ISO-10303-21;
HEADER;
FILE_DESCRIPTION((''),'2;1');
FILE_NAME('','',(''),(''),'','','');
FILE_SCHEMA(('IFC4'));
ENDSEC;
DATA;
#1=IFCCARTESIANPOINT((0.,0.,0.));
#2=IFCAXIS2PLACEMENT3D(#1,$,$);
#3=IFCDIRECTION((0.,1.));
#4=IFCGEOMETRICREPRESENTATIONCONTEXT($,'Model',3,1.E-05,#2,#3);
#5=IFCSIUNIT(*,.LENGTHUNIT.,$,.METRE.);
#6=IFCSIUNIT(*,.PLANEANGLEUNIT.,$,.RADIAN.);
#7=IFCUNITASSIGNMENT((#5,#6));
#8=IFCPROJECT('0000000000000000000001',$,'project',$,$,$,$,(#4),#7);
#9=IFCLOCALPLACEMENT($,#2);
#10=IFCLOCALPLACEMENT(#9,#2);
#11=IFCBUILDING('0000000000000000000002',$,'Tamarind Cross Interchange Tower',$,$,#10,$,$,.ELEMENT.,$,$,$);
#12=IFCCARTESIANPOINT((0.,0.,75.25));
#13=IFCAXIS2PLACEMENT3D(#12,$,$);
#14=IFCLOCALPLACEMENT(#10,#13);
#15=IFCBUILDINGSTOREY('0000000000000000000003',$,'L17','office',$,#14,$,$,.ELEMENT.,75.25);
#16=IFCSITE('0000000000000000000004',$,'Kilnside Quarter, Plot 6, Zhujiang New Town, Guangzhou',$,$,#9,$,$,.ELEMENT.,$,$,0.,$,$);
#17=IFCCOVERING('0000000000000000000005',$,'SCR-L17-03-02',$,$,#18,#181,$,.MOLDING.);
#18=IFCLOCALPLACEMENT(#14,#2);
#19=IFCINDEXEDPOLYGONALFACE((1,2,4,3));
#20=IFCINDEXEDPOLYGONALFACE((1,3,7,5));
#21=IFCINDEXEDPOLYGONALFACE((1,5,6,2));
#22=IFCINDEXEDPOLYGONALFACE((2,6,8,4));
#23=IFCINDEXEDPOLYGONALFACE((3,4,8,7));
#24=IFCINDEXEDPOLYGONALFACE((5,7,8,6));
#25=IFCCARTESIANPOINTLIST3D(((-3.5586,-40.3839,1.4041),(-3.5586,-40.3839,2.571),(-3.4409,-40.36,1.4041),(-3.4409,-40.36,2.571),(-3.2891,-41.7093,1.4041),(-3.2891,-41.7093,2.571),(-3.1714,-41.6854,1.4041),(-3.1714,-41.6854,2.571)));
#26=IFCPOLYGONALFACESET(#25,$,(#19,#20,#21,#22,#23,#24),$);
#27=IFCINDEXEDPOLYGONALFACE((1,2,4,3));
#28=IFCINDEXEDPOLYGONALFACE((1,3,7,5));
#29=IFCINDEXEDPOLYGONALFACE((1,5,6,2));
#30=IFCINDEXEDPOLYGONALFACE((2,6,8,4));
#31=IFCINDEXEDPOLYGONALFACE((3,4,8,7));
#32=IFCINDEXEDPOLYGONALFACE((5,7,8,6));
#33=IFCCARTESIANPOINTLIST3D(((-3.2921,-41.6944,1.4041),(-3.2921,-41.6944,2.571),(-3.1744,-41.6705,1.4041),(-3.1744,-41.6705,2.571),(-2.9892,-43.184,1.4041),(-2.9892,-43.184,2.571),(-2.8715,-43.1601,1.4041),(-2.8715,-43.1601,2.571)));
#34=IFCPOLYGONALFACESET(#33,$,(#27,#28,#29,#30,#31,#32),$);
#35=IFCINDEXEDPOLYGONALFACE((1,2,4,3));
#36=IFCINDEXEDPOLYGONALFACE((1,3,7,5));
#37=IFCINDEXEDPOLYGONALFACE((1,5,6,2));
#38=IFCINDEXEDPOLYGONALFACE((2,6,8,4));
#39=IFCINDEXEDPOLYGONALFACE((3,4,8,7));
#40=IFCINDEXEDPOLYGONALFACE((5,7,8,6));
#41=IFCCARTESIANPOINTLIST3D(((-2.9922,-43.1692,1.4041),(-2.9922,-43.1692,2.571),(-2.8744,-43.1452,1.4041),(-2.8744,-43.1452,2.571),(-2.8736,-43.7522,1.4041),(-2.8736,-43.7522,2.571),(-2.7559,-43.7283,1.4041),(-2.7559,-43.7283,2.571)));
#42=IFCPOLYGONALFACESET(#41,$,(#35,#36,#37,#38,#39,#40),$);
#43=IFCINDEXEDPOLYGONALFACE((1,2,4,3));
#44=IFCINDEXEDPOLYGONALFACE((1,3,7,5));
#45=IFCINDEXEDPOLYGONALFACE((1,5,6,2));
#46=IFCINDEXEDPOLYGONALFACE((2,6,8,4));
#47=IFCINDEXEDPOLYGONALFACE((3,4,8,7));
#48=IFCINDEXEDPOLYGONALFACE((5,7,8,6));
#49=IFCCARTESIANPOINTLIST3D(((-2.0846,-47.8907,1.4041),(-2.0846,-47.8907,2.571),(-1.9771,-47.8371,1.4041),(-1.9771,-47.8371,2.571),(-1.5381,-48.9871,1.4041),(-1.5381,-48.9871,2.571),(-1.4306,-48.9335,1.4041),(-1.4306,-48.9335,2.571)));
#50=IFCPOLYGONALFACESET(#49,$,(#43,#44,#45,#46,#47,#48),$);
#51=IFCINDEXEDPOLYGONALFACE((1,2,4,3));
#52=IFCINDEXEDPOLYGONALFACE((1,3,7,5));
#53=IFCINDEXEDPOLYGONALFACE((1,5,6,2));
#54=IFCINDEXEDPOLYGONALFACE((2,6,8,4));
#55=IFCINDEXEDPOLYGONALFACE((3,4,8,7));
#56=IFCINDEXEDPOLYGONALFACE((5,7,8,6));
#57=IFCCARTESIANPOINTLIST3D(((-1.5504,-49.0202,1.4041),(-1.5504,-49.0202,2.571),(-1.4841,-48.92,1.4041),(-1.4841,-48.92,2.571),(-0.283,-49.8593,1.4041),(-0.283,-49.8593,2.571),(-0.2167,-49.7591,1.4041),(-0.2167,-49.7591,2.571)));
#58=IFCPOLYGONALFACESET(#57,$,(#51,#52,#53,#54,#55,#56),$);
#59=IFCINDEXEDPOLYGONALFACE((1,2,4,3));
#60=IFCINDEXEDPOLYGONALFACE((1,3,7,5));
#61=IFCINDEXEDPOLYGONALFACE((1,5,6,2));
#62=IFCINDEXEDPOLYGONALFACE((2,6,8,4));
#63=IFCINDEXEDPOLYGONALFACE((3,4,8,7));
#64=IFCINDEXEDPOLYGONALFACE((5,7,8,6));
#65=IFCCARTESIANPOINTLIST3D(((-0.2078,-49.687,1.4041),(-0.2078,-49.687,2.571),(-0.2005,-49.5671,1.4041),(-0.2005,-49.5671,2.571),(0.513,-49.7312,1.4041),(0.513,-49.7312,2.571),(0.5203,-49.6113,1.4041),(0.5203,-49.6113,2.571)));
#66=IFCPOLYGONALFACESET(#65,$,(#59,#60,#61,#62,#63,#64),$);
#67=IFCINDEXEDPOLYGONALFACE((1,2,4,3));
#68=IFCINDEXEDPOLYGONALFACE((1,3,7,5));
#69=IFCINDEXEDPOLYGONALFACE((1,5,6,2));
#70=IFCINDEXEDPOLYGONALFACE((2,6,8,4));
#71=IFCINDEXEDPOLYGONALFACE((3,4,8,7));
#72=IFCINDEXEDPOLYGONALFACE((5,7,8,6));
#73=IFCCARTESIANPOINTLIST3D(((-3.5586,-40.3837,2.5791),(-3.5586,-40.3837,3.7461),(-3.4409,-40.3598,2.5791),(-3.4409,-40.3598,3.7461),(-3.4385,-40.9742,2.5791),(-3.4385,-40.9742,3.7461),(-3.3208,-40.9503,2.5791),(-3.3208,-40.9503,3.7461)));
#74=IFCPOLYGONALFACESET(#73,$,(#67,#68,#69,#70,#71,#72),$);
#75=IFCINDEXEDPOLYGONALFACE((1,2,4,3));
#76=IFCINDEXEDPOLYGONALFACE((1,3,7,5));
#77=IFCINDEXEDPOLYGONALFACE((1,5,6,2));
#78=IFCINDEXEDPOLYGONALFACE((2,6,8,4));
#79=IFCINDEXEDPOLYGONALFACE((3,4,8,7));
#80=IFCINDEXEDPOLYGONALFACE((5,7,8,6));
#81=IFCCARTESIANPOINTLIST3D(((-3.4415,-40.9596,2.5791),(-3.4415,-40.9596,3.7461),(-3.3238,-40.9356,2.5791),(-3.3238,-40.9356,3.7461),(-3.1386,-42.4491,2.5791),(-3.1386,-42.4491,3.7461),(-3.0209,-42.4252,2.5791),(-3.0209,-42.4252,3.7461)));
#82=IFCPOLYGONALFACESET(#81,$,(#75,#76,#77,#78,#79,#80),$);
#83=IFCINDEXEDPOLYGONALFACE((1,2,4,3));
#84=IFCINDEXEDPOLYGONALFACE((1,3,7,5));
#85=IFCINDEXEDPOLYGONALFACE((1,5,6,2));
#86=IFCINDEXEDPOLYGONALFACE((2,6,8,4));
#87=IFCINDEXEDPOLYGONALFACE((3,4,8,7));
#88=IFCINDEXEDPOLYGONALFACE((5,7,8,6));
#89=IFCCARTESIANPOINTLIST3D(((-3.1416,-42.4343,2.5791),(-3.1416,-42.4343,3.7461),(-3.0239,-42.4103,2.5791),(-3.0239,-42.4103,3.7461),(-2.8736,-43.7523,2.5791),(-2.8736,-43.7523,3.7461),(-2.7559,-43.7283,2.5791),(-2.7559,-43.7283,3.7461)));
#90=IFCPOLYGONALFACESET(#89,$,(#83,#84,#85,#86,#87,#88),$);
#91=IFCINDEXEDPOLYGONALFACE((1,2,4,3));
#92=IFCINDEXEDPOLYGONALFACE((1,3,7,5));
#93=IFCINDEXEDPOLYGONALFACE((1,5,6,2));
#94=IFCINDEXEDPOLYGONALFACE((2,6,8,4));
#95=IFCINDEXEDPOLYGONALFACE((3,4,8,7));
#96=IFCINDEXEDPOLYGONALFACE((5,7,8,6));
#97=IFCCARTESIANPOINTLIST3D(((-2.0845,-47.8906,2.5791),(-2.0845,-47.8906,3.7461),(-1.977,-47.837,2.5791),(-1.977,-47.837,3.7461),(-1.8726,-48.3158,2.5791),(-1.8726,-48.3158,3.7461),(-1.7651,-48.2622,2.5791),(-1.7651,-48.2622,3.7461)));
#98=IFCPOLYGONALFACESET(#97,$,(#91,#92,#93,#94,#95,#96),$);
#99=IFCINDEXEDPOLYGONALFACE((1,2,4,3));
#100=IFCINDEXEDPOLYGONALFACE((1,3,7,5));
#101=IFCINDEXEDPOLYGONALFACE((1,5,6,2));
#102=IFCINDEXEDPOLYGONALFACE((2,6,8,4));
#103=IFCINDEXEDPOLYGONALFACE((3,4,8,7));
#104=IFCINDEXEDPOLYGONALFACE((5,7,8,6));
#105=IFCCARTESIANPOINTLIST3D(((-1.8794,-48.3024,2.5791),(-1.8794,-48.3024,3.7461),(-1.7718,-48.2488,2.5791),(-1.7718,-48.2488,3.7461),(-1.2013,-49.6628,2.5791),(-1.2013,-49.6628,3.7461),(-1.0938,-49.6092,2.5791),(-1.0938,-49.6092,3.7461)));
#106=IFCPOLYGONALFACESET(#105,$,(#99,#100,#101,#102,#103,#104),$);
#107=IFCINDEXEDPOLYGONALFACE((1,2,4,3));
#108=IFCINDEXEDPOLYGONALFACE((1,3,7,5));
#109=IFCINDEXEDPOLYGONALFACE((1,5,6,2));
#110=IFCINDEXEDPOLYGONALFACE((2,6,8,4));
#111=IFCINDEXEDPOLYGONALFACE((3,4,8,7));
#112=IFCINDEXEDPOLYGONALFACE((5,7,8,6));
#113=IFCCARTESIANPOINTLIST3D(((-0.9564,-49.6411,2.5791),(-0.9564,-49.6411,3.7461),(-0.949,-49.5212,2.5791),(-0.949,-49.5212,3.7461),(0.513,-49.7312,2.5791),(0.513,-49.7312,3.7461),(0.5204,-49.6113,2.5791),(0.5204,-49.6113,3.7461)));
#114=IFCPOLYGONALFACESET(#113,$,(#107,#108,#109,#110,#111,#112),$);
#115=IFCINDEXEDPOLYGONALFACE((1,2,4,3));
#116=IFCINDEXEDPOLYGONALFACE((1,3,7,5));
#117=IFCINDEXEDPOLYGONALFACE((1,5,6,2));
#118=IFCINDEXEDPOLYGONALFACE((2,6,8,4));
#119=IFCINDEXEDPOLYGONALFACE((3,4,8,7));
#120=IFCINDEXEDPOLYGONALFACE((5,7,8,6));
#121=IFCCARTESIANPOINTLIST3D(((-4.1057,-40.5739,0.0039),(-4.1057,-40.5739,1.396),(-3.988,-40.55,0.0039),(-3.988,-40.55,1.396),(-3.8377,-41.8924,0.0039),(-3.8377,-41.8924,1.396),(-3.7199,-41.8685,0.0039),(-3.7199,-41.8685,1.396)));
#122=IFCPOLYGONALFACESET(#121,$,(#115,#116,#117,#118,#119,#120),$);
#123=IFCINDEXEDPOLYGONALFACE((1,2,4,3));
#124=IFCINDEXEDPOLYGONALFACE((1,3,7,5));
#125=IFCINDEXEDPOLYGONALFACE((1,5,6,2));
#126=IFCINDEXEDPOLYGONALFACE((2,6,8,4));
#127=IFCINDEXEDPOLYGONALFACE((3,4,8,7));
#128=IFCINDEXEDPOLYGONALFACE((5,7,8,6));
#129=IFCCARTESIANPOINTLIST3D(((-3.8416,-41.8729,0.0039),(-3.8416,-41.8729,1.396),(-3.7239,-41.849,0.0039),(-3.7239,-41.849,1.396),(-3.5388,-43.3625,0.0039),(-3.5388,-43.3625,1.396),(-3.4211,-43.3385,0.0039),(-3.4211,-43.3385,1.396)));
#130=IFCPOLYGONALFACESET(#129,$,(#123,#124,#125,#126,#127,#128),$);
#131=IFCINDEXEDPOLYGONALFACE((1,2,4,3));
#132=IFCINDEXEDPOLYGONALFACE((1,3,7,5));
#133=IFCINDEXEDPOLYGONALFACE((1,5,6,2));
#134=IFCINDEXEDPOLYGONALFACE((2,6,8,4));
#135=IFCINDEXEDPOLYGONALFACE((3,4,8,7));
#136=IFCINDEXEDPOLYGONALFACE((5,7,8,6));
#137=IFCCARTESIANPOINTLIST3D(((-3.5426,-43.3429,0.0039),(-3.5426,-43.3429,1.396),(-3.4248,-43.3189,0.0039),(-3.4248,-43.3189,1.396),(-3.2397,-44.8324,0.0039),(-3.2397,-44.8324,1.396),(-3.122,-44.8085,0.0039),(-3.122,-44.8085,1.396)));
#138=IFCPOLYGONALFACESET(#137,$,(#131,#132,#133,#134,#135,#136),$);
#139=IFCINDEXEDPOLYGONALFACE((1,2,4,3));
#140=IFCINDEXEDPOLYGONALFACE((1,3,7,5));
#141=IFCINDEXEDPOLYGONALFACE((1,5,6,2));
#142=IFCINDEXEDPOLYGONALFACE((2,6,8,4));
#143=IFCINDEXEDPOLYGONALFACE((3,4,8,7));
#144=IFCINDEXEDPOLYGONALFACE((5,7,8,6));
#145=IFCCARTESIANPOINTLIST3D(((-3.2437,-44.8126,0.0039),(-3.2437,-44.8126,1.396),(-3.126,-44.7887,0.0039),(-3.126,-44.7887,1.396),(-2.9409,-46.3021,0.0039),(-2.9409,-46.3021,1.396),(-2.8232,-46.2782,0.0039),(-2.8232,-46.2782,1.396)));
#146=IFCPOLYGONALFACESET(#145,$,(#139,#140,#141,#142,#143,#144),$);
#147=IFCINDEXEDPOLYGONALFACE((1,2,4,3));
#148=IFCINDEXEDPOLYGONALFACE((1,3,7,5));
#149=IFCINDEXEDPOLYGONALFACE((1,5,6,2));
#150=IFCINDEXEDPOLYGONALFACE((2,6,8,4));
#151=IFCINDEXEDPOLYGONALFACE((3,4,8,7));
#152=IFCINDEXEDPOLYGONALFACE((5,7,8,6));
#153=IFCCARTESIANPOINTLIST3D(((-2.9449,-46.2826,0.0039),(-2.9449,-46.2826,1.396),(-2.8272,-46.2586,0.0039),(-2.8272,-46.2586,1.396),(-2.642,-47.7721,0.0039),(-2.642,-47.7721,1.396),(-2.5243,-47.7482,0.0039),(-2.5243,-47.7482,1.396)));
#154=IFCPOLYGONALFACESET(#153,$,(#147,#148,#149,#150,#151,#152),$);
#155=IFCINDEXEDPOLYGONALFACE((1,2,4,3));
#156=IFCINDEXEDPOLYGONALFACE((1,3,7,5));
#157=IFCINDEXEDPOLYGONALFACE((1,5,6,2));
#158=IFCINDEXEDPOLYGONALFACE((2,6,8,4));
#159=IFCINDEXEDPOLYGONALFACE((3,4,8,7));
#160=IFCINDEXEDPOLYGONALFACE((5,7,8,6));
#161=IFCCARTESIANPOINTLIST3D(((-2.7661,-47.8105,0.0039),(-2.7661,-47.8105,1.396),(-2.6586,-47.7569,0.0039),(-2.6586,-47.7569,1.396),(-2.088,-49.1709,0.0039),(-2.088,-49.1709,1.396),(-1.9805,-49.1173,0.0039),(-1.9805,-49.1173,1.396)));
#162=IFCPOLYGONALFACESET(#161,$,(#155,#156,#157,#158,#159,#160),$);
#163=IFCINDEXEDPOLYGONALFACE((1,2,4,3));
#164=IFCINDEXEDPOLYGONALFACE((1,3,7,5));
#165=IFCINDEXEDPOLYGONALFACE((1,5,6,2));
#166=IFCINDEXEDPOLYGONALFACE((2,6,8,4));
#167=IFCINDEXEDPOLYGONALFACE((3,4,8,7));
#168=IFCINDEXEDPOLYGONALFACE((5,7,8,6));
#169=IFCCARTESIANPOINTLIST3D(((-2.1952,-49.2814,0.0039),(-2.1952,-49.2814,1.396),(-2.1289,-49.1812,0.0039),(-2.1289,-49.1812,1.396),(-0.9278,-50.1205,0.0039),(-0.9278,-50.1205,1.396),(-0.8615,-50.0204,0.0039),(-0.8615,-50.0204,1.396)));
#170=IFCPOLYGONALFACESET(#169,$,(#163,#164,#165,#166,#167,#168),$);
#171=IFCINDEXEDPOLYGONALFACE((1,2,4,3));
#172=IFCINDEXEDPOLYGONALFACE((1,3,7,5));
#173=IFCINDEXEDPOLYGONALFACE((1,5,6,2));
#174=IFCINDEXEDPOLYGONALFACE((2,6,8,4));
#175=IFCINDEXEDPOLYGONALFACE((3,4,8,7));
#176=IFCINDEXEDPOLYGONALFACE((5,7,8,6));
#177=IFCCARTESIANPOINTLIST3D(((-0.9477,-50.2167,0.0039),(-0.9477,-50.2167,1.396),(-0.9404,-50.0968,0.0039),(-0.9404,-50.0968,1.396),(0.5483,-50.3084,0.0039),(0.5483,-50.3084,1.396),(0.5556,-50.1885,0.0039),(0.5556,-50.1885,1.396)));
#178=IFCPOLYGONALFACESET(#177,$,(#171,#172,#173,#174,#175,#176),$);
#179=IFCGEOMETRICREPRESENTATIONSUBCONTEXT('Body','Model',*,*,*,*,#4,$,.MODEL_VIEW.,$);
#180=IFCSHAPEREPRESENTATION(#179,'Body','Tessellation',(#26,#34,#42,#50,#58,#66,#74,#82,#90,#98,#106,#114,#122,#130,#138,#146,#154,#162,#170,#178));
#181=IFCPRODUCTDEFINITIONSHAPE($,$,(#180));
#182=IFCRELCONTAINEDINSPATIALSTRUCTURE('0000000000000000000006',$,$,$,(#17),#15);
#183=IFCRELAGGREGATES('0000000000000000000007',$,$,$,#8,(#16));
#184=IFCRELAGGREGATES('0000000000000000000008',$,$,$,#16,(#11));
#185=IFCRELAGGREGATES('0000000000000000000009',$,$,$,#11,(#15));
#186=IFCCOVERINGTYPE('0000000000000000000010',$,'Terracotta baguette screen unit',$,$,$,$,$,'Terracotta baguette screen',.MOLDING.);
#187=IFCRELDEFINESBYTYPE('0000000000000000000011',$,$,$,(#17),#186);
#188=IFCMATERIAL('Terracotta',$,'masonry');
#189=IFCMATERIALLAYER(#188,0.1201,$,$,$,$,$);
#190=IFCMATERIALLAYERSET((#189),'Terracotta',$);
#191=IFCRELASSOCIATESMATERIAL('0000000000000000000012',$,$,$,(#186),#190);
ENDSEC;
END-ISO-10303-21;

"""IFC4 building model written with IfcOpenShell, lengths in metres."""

from ifc_helpers import new_model, si_unit, direction, frame, origin, origin_2d, place, context, subcontext, project, spatial, rectangle, extrude, material, layer, layer_set, type_object, element, save


model = new_model("IFC4")

# Units and contexts
model_context = context("Model", 3, precision=1e-05, world=origin(), true_north=direction((0.0, 1.0)))
body_context = subcontext(model_context, "Body", "Model", "MODEL_VIEW")
ifc_project = project(units=[si_unit("LENGTHUNIT", "METRE"), si_unit("PLANEANGLEUNIT", "RADIAN")], contexts=[model_context])

# Site, building, storey
site_placement = place(None, origin())
site = spatial("IfcSite", under=ifc_project, at=site_placement, Name="Kilnside Quarter, Plot 6, Zhujiang New Town, Guangzhou", CompositionType="ELEMENT", RefElevation=0.0)
building_placement = place(site_placement, origin())
building = spatial("IfcBuilding", under=site, at=building_placement, Name="Tamarind Cross Interchange Tower", CompositionType="ELEMENT")
storey_placement = place(building_placement, frame((0.0, 0.0, 75.25)))
storey = spatial("IfcBuildingStorey", under=building, at=storey_placement, Name="L17", Description="office", CompositionType="ELEMENT", Elevation=75.25)

# Covering
ifc_material_1 = material(Name="Terracotta", Category="masonry")
ifc_layer_1 = layer(ifc_material_1, 0.1201)
ifc_layer_set_1 = layer_set([ifc_layer_1], Name="Terracotta")
covering_type = type_object("IfcCoveringType", Name="Terracotta baguette screen unit", ElementType="Terracotta baguette screen", PredefinedType="MOLDING", material=ifc_layer_set_1)
covering_1_placement = place(storey_placement, origin())
element("IfcCovering", 1, at=covering_1_placement, inside=storey, type_object=covering_type, Name="SCR-L17-03-02", PredefinedType="MOLDING", context=body_context, shape_type="SweptSolid", body=[
    extrude(rectangle(XDim=1.3525, YDim=0.1201, at=origin_2d()), frame((-3.365, -41.0347, 1.4041), z_axis=(0.0, 0.0, 1.0), x_axis=(0.199245, -0.97995, 0.0)), (0.0, 0.0, 1.0), 1.167),
    extrude(rectangle(XDim=1.52, YDim=0.1201, at=origin_2d()), frame((-3.0818, -42.4272, 1.4041), z_axis=(0.0, 0.0, 1.0), x_axis=(0.199245, -0.97995, 0.0)), (0.0, 0.0, 1.0), 1.167),
    extrude(rectangle(XDim=0.595, YDim=0.1201, at=origin_2d()), frame((-2.874, -43.4487, 1.4041), z_axis=(0.0, 0.0, 1.0), x_axis=(0.199245, -0.97995, 0.0)), (0.0, 0.0, 1.0), 1.167),
    extrude(rectangle(XDim=1.2251, YDim=0.1201, at=origin_2d()), frame((-1.7576, -48.4121, 1.4041), z_axis=(0.0, 0.0, 1.0), x_axis=(0.446085, -0.89499, 0.0)), (0.0, 0.0, 1.0), 1.167),
    extrude(rectangle(XDim=1.52, YDim=0.1201, at=origin_2d()), frame((-0.8835, -49.3896, 1.4041), z_axis=(0.0, 0.0, 1.0), x_axis=(0.833816, -0.552042, 0.0)), (0.0, 0.0, 1.0), 1.167),
    extrude(rectangle(XDim=0.7222, YDim=0.1201, at=origin_2d()), frame((0.1562, -49.6492, 1.4041), z_axis=(0.0, 0.0, 1.0), x_axis=(0.998127, -0.061174, 0.0)), (0.0, 0.0, 1.0), 1.167),
    extrude(rectangle(XDim=0.6025, YDim=0.1201, at=origin_2d()), frame((-3.4397, -40.667, 2.5791), z_axis=(0.0, 0.0, 1.0), x_axis=(0.199245, -0.97995, 0.0)), (0.0, 0.0, 1.0), 1.167),
    extrude(rectangle(XDim=1.52, YDim=0.1201, at=origin_2d()), frame((-3.2312, -41.6924, 2.5791), z_axis=(0.0, 0.0, 1.0), x_axis=(0.199245, -0.97995, 0.0)), (0.0, 0.0, 1.0), 1.167),
    extrude(rectangle(XDim=1.345, YDim=0.1201, at=origin_2d()), frame((-2.9487, -43.0813, 2.5791), z_axis=(0.0, 0.0, 1.0), x_axis=(0.199245, -0.97995, 0.0)), (0.0, 0.0, 1.0), 1.167),
    extrude(rectangle(XDim=0.4751, YDim=0.1201, at=origin_2d()), frame((-1.9248, -48.0764, 2.5791), z_axis=(0.0, 0.0, 1.0), x_axis=(0.446085, -0.89499, 0.0)), (0.0, 0.0, 1.0), 1.167),
    extrude(rectangle(XDim=1.52, YDim=0.1201, at=origin_2d()), frame((-1.4866, -48.9558, 2.5791), z_axis=(0.0, 0.0, 1.0), x_axis=(0.446085, -0.89499, 0.0)), (0.0, 0.0, 1.0), 1.167),
    extrude(rectangle(XDim=1.4722, YDim=0.1201, at=origin_2d()), frame((-0.218, -49.6262, 2.5791), z_axis=(0.0, 0.0, 1.0), x_axis=(0.998127, -0.061174, 0.0)), (0.0, 0.0, 1.0), 1.167),
    extrude(rectangle(XDim=1.3455, YDim=0.1201, at=origin_2d()), frame((-3.9128, -41.2212, 0.0039), z_axis=(0.0, 0.0, 1.0), x_axis=(0.199245, -0.97995, 0.0)), (0.0, 0.0, 1.0), 1.3921),
    extrude(rectangle(XDim=1.52, YDim=0.1201, at=origin_2d()), frame((-3.6313, -42.6057, 0.0039), z_axis=(0.0, 0.0, 1.0), x_axis=(0.199245, -0.97995, 0.0)), (0.0, 0.0, 1.0), 1.3921),
    extrude(rectangle(XDim=1.52, YDim=0.1201, at=origin_2d()), frame((-3.3323, -44.0757, 0.0039), z_axis=(0.0, 0.0, 1.0), x_axis=(0.199245, -0.97995, 0.0)), (0.0, 0.0, 1.0), 1.3921),
    extrude(rectangle(XDim=1.52, YDim=0.1201, at=origin_2d()), frame((-3.0334, -45.5454, 0.0039), z_axis=(0.0, 0.0, 1.0), x_axis=(0.199245, -0.97995, 0.0)), (0.0, 0.0, 1.0), 1.3921),
    extrude(rectangle(XDim=1.52, YDim=0.1201, at=origin_2d()), frame((-2.7346, -47.0154, 0.0039), z_axis=(0.0, 0.0, 1.0), x_axis=(0.199245, -0.97995, 0.0)), (0.0, 0.0, 1.0), 1.3921),
    extrude(rectangle(XDim=1.52, YDim=0.1201, at=origin_2d()), frame((-2.3733, -48.4639, 0.0039), z_axis=(0.0, 0.0, 1.0), x_axis=(0.446085, -0.89499, 0.0)), (0.0, 0.0, 1.0), 1.3921),
    extrude(rectangle(XDim=1.52, YDim=0.1201, at=origin_2d()), frame((-1.5283, -49.6509, 0.0039), z_axis=(0.0, 0.0, 1.0), x_axis=(0.833816, -0.552042, 0.0)), (0.0, 0.0, 1.0), 1.3921),
    extrude(rectangle(XDim=1.4988, YDim=0.1201, at=origin_2d()), frame((-0.196, -50.2026, 0.0039), z_axis=(0.0, 0.0, 1.0), x_axis=(0.998127, -0.061174, 0.0)), (0.0, 0.0, 1.0), 1.3921),
])

save(model, "model.ifc")
